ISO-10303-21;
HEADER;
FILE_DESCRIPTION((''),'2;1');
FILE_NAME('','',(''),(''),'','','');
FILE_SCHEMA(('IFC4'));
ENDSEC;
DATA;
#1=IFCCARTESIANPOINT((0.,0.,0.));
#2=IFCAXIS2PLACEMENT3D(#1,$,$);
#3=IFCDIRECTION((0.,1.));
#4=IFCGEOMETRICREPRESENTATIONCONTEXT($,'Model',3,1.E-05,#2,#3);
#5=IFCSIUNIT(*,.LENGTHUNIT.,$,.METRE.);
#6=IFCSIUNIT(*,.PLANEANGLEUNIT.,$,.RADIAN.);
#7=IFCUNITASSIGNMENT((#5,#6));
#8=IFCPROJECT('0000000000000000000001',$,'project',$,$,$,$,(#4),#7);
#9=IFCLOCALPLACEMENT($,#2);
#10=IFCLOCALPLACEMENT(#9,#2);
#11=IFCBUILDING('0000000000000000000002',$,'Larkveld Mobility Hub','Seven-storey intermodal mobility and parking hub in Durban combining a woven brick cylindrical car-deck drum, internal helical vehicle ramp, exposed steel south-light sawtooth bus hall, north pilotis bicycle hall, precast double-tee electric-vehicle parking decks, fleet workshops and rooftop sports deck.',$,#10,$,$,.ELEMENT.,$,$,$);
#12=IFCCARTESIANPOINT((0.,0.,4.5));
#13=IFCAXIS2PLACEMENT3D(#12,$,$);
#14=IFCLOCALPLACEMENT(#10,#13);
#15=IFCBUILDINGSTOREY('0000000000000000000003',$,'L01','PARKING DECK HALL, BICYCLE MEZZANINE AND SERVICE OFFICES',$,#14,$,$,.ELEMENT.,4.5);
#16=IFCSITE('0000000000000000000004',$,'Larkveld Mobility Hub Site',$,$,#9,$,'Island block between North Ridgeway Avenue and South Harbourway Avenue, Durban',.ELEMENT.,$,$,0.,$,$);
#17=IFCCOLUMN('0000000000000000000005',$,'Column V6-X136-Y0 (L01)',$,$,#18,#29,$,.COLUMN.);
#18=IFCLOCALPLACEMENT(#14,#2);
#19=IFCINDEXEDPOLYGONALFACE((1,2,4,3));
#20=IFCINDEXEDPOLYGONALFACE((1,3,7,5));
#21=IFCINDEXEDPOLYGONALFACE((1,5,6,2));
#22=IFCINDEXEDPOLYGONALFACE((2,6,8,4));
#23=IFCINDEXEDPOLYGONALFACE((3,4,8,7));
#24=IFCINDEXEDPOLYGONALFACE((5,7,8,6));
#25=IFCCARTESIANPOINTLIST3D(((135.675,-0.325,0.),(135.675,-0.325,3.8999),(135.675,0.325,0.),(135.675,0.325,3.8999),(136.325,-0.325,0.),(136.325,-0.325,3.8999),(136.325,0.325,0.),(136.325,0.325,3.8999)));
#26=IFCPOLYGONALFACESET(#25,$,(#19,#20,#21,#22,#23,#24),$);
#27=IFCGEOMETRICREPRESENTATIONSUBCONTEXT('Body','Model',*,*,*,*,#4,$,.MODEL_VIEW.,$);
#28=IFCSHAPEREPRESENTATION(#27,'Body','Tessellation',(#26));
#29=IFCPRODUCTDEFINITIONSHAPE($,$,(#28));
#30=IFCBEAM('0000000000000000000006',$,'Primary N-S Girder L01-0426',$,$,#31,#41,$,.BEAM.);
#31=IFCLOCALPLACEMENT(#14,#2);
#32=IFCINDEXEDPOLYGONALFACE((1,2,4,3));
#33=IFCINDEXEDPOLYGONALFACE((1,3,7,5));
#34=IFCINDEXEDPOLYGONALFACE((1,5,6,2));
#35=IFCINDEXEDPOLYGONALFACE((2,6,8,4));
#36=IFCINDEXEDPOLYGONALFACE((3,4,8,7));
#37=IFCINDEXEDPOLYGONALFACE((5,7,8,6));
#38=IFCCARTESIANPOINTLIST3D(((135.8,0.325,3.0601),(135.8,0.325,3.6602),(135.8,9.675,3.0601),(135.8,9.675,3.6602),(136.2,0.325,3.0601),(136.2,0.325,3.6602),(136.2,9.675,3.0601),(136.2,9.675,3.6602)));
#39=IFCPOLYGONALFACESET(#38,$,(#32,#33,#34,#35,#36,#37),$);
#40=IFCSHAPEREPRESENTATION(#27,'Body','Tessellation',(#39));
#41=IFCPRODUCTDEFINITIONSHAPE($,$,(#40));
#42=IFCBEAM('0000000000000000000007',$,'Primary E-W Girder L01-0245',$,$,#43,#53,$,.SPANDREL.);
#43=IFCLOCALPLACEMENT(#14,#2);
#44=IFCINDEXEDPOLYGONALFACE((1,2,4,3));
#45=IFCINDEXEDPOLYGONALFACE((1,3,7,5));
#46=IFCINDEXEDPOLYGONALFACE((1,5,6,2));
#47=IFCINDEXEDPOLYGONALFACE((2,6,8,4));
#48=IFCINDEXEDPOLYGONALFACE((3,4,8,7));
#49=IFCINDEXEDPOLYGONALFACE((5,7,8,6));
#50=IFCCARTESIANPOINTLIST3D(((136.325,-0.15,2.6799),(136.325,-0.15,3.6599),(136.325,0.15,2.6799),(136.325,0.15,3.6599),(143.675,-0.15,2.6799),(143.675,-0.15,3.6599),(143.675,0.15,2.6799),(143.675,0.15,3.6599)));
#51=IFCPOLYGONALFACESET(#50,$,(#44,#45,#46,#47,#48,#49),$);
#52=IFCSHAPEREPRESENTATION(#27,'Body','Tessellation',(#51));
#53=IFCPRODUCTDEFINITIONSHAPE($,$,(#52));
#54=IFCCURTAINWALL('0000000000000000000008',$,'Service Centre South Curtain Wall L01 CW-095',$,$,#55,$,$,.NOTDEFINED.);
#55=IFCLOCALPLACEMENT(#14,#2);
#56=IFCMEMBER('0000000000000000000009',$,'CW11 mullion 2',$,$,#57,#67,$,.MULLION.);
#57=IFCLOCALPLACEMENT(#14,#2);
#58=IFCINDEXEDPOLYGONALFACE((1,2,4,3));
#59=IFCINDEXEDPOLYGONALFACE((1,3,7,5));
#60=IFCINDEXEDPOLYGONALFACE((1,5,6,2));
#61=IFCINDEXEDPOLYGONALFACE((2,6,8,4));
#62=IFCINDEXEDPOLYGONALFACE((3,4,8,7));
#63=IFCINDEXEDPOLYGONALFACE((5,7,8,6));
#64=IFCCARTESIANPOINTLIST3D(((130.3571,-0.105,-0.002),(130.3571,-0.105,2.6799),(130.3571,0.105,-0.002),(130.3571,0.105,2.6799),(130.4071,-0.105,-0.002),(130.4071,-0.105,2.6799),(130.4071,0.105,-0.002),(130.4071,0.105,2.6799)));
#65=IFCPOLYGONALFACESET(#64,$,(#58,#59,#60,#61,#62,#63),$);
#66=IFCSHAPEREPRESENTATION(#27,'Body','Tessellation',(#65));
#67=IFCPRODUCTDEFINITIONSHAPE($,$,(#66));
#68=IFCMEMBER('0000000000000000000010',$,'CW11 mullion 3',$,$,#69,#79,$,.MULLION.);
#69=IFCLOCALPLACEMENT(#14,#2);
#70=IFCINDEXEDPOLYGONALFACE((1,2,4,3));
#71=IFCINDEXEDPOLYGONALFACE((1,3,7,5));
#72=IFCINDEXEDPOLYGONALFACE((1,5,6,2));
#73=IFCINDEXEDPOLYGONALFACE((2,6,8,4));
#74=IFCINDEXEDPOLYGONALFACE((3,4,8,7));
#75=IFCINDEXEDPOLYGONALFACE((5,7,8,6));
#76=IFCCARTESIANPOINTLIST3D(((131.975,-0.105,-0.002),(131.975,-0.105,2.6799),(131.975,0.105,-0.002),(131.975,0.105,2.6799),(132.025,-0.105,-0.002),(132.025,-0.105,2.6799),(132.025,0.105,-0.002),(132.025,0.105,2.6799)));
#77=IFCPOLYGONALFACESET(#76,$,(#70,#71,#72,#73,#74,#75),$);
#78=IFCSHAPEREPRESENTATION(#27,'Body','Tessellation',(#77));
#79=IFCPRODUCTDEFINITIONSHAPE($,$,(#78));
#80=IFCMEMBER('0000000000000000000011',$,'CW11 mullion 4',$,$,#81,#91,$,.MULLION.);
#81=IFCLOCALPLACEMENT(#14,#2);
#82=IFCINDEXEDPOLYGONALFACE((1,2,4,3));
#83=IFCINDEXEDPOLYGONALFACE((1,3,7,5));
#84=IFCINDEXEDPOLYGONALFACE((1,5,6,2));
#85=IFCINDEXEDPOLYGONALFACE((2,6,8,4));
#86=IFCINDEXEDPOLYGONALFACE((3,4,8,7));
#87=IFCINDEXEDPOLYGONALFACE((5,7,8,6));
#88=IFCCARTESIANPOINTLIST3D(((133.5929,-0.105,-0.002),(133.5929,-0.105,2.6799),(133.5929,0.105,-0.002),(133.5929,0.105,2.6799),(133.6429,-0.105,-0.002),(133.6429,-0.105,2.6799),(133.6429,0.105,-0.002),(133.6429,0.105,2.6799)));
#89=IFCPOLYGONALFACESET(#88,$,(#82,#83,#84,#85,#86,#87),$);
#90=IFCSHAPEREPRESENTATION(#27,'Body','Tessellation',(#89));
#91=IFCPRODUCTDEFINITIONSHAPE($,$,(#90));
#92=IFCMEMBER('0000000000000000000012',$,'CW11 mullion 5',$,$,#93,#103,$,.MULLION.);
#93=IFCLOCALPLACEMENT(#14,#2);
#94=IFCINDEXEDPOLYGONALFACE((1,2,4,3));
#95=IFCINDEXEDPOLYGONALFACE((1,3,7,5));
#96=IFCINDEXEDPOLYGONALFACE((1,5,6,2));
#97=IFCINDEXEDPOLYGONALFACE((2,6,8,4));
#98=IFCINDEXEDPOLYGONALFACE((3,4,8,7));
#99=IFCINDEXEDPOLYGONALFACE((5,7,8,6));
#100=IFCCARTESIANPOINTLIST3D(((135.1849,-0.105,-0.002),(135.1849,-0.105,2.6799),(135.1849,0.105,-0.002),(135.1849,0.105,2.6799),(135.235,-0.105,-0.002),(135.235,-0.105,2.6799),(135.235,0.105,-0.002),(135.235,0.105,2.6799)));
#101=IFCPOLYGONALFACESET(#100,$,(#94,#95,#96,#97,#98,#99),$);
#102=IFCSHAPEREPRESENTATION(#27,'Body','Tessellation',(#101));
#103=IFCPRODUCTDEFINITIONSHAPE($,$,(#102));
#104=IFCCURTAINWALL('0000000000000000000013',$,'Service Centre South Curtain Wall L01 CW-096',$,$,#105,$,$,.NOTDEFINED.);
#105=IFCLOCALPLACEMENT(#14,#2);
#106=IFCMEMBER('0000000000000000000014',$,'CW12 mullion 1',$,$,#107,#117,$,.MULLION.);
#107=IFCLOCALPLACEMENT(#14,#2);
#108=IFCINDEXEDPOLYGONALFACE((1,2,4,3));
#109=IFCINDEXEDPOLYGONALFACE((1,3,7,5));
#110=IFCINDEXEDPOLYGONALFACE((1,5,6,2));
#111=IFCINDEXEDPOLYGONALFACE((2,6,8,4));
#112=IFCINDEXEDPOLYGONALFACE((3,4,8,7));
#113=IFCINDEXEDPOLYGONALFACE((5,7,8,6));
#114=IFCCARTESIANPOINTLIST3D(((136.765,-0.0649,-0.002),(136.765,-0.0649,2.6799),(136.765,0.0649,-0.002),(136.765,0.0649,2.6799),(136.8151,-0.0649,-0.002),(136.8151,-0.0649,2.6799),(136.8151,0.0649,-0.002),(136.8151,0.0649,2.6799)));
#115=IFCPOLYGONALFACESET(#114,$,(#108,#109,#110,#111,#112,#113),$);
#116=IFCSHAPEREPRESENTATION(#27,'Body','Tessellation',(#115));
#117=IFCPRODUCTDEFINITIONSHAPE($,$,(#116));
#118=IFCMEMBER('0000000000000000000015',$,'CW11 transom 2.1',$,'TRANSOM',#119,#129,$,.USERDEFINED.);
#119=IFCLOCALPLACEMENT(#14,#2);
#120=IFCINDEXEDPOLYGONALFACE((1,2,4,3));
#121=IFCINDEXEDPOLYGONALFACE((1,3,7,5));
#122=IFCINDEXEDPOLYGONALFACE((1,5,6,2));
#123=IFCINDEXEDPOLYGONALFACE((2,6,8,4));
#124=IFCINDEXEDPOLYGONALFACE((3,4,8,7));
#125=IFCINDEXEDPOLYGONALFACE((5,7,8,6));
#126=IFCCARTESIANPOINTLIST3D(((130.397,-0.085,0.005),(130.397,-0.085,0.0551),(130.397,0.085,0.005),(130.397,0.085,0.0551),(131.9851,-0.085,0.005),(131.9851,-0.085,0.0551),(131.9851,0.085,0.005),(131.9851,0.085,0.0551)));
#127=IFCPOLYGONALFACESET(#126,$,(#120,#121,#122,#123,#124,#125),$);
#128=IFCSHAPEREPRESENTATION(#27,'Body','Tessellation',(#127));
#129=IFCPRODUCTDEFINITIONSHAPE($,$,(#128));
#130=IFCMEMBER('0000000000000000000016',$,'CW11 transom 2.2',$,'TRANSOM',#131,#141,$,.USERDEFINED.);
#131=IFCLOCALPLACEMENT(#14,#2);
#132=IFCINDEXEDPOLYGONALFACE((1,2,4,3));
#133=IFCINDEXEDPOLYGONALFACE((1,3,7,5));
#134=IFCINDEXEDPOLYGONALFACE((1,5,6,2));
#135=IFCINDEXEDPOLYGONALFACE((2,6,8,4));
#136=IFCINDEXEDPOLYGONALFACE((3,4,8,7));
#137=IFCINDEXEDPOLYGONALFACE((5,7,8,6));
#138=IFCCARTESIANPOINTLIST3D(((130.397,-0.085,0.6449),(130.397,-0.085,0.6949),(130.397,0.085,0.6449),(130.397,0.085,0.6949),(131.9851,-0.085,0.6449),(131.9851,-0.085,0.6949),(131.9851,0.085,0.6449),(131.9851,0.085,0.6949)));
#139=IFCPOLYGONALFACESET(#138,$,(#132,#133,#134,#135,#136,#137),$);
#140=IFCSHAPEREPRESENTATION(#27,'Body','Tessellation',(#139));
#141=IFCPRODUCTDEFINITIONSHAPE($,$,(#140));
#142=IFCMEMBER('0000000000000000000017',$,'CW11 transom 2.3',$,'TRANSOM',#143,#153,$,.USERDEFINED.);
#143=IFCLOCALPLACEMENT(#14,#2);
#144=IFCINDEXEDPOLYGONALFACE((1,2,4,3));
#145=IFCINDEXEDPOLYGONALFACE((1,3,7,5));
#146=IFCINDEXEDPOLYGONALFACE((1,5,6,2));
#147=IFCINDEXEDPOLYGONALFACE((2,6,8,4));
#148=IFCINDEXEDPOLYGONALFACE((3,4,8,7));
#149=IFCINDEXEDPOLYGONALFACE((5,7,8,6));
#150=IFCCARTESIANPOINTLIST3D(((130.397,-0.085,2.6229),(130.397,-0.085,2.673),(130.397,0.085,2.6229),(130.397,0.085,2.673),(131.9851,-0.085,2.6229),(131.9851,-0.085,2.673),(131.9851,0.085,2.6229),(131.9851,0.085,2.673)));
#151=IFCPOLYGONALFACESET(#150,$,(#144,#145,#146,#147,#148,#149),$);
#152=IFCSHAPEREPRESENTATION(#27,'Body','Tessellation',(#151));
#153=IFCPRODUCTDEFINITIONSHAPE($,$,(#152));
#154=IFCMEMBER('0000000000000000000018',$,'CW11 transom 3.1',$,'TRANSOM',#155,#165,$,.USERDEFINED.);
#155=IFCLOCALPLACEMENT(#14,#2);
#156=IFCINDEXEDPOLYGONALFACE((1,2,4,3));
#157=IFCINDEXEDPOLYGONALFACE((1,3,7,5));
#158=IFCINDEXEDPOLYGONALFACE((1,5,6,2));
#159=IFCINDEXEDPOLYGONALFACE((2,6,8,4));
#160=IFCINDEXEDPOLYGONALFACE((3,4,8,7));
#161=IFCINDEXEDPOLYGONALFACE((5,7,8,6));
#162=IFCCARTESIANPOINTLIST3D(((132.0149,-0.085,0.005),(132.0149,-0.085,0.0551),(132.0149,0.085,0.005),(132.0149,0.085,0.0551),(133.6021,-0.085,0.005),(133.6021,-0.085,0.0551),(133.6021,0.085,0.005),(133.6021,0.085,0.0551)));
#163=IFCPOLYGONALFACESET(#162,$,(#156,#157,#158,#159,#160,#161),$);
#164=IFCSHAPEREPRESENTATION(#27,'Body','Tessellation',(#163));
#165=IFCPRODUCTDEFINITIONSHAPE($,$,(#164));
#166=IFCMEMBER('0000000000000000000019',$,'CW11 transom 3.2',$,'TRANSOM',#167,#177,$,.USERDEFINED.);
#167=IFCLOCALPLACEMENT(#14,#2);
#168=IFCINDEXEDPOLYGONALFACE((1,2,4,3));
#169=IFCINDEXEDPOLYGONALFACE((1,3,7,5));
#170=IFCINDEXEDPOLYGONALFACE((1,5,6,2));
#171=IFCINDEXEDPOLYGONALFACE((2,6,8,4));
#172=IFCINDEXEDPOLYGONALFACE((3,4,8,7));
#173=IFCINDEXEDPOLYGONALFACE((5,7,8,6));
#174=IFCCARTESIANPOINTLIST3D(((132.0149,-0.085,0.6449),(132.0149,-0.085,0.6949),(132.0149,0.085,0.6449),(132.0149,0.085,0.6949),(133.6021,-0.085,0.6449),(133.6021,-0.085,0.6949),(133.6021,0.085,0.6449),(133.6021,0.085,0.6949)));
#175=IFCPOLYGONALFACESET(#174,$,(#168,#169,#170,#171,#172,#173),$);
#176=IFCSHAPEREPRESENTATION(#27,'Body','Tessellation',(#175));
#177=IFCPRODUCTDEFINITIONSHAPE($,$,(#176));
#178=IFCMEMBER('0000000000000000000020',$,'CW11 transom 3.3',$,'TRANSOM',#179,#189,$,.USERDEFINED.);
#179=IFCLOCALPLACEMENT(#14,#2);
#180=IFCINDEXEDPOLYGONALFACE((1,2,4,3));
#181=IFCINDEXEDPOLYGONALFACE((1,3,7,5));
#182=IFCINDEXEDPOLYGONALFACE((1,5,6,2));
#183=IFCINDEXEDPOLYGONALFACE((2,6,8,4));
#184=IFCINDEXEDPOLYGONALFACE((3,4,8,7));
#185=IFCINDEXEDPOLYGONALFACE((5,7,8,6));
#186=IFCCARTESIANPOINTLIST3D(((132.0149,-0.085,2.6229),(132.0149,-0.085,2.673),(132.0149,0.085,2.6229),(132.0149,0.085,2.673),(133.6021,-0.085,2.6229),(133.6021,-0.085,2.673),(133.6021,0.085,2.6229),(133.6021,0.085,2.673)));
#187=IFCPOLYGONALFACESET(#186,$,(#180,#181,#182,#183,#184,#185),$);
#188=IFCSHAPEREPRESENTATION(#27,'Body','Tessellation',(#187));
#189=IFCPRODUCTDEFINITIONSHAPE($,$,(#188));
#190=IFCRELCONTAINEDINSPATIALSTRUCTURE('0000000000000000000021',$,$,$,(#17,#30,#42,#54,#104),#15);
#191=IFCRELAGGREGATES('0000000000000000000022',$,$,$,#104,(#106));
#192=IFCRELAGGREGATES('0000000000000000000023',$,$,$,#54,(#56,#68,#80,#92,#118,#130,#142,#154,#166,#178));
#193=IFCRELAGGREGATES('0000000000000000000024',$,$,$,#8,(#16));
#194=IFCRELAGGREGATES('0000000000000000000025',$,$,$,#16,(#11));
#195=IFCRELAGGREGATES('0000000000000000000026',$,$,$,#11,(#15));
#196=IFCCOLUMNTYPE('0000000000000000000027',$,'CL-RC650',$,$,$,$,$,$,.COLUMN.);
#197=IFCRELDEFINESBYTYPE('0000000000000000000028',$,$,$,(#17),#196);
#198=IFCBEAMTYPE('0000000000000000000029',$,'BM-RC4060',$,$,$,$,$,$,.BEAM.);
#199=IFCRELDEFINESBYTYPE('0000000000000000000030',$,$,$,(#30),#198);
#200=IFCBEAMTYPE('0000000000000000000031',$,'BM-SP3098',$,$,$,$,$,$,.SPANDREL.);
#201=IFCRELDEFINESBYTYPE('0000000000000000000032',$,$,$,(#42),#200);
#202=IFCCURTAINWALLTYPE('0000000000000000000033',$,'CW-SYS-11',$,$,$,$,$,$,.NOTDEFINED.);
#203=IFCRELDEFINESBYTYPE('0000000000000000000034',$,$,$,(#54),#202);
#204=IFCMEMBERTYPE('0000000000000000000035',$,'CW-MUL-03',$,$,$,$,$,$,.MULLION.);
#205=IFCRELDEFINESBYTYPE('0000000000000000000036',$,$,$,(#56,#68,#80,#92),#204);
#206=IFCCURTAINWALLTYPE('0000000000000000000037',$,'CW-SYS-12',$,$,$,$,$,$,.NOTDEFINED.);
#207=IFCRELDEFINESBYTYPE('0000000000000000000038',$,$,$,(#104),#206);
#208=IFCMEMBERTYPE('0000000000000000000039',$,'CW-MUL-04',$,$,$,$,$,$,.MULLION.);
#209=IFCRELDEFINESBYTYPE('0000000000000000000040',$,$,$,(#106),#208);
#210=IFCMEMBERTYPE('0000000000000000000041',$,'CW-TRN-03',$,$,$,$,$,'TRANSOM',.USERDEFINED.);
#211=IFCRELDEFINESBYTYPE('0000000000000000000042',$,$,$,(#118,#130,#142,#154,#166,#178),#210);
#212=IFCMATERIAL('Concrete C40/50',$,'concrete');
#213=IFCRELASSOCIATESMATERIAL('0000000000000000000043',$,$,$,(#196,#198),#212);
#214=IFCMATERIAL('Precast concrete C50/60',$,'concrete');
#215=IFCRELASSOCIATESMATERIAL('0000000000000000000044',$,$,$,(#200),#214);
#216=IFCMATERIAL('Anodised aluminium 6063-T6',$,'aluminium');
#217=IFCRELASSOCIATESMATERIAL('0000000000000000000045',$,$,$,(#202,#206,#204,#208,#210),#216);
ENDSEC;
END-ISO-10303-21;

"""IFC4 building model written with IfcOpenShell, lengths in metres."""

from ifc_helpers import new_model, si_unit, direction, frame, origin, origin_2d, place, context, subcontext, project, spatial, rectangle, extrude, material, material_profile, profile_set, type_object, element, aggregate, save


model = new_model("IFC4")

# Units and contexts
model_context = context("Model", 3, precision=1e-05, world=origin(), true_north=direction((0.0, 1.0)))
body_context = subcontext(model_context, "Body", "Model", "MODEL_VIEW")
ifc_project = project(units=[si_unit("LENGTHUNIT", "METRE"), si_unit("PLANEANGLEUNIT", "RADIAN")], contexts=[model_context])

# Site, building, storey
site_placement = place(None, origin())
site = spatial("IfcSite", under=ifc_project, at=site_placement, Name="Larkveld Mobility Hub Site", LongName="Island block between North Ridgeway Avenue and South Harbourway Avenue, Durban", CompositionType="ELEMENT", RefElevation=0.0)
building_placement = place(site_placement, origin())
building = spatial("IfcBuilding", under=site, at=building_placement, Name="Larkveld Mobility Hub", Description="Seven-storey intermodal mobility and parking hub in Durban combining a woven brick cylindrical car-deck drum, internal helical vehicle ramp, exposed steel south-light sawtooth bus hall, north pilotis bicycle hall, precast double-tee electric-vehicle parking decks, fleet workshops and rooftop sports deck.", CompositionType="ELEMENT")
storey_placement = place(building_placement, frame((0.0, 0.0, 4.5)))
storey = spatial("IfcBuildingStorey", under=building, at=storey_placement, Name="L01", Description="PARKING DECK HALL, BICYCLE MEZZANINE AND SERVICE OFFICES", CompositionType="ELEMENT", Elevation=4.5)

# Column
ifc_material_1 = material(Name="Concrete C40/50", Category="concrete")
ifc_material_profile_1 = material_profile(ifc_material_1, rectangle(XDim=0.6499, YDim=0.6499, at=origin_2d()), Name="RC COL 650x650")
ifc_profile_set_1 = profile_set([ifc_material_profile_1], Name="Concrete C40/50")
column_type = type_object("IfcColumnType", Name="CL-RC650", PredefinedType="COLUMN", material=ifc_profile_set_1)
column_placement = place(storey_placement, frame((136.0, 0.0, 0.0), z_axis=(0.0, 0.0, 1.0), x_axis=(1.0, 0.0, 0.0)))
element("IfcColumn", 1, at=column_placement, inside=storey, type_object=column_type, Name="Column V6-X136-Y0 (L01)", PredefinedType="COLUMN", context=body_context, shape_type="SweptSolid", body=[
    extrude(rectangle(XDim=0.6499, YDim=0.6499, at=origin_2d()), origin(), (0.0, 0.0, 1.0), 3.8999),
])

# Beams
ifc_material_profile_2 = material_profile(ifc_material_1, rectangle(XDim=0.3999, YDim=0.6001, at=origin_2d()), Name="RC BM 400x600")
ifc_profile_set_2 = profile_set([ifc_material_profile_2], Name="Concrete C40/50")
beam_type_1 = type_object("IfcBeamType", Name="BM-RC4060", PredefinedType="BEAM", material=ifc_profile_set_2)
beam_1_placement = place(storey_placement, frame((136.0, 0.325, 3.3601), z_axis=(0.0, 1.0, 0.0), x_axis=(-1.0, 0.0, 0.0)))
element("IfcBeam", 2, at=beam_1_placement, inside=storey, type_object=beam_type_1, Name="Primary N-S Girder L01-0426", PredefinedType="BEAM", context=body_context, shape_type="SweptSolid", body=[
    extrude(rectangle(XDim=0.3999, YDim=0.6001, at=origin_2d()), origin(), (0.0, 0.0, 1.0), 9.3501),
])
ifc_material_2 = material(Name="Precast concrete C50/60", Category="concrete")
ifc_material_profile_3 = material_profile(ifc_material_2, rectangle(XDim=0.3, YDim=0.98, at=origin_2d()), Name="PC SP 300x980")
ifc_profile_set_3 = profile_set([ifc_material_profile_3], Name="Precast concrete C50/60")
beam_type_2 = type_object("IfcBeamType", Name="BM-SP3098", PredefinedType="SPANDREL", material=ifc_profile_set_3)
beam_2_placement = place(storey_placement, frame((136.325, 0.0, 3.1699), z_axis=(1.0, 0.0, 0.0), x_axis=(0.0, 1.0, 0.0)))
element("IfcBeam", 3, at=beam_2_placement, inside=storey, type_object=beam_type_2, Name="Primary E-W Girder L01-0245", PredefinedType="SPANDREL", context=body_context, shape_type="SweptSolid", body=[
    extrude(rectangle(XDim=0.3, YDim=0.98, at=origin_2d()), origin(), (0.0, 0.0, 1.0), 7.3501),
])

# Curtain wall, members
ifc_material_3 = material(Name="Anodised aluminium 6063-T6", Category="aluminium")
curtain_wall_type_1 = type_object("IfcCurtainWallType", Name="CW-SYS-11", PredefinedType="NOTDEFINED", material=ifc_material_3)
curtain_wall_1_placement = place(storey_placement, origin())
curtain_wall_1 = element("IfcCurtainWall", 4, at=curtain_wall_1_placement, inside=storey, type_object=curtain_wall_type_1, Name="Service Centre South Curtain Wall L01 CW-095", PredefinedType="NOTDEFINED")
ifc_material_profile_4 = material_profile(ifc_material_3, rectangle(XDim=0.05, YDim=0.21, at=origin_2d()), Name="ALU MULL 50x210")
ifc_profile_set_4 = profile_set([ifc_material_profile_4], Name="Anodised aluminium 6063-T6")
member_type_1 = type_object("IfcMemberType", Name="CW-MUL-03", PredefinedType="MULLION", material=ifc_profile_set_4)
member_1_placement = place(storey_placement, frame((130.3821, 0.0, -0.002), z_axis=(0.0, 0.0, 1.0), x_axis=(1.0, 0.0, 0.0)))
member_1 = element("IfcMember", 5, at=member_1_placement, type_object=member_type_1, Name="CW11 mullion 2", PredefinedType="MULLION", context=body_context, shape_type="SweptSolid", body=[
    extrude(rectangle(XDim=0.05, YDim=0.21, at=origin_2d()), origin(), (0.0, 0.0, 1.0), 2.6819),
])
member_2_placement = place(storey_placement, frame((132.0, 0.0, -0.002), z_axis=(0.0, 0.0, 1.0), x_axis=(1.0, 0.0, 0.0)))
member_2 = element("IfcMember", 6, at=member_2_placement, type_object=member_type_1, Name="CW11 mullion 3", PredefinedType="MULLION", context=body_context, shape_type="SweptSolid", body=[
    extrude(rectangle(XDim=0.05, YDim=0.21, at=origin_2d()), origin(), (0.0, 0.0, 1.0), 2.6819),
])
member_3_placement = place(storey_placement, frame((133.6179, 0.0, -0.002), z_axis=(0.0, 0.0, 1.0), x_axis=(1.0, 0.0, 0.0)))
member_3 = element("IfcMember", 7, at=member_3_placement, type_object=member_type_1, Name="CW11 mullion 4", PredefinedType="MULLION", context=body_context, shape_type="SweptSolid", body=[
    extrude(rectangle(XDim=0.05, YDim=0.21, at=origin_2d()), origin(), (0.0, 0.0, 1.0), 2.6819),
])
member_4_placement = place(storey_placement, frame((135.21, 0.0, -0.002), z_axis=(0.0, 0.0, 1.0), x_axis=(1.0, 0.0, 0.0)))
member_4 = element("IfcMember", 8, at=member_4_placement, type_object=member_type_1, Name="CW11 mullion 5", PredefinedType="MULLION", context=body_context, shape_type="SweptSolid", body=[
    extrude(rectangle(XDim=0.05, YDim=0.21, at=origin_2d()), origin(), (0.0, 0.0, 1.0), 2.6819),
])

# Curtain wall, member
curtain_wall_type_2 = type_object("IfcCurtainWallType", Name="CW-SYS-12", PredefinedType="NOTDEFINED", material=ifc_material_3)
curtain_wall_2_placement = place(storey_placement, origin())
curtain_wall_2 = element("IfcCurtainWall", 9, at=curtain_wall_2_placement, inside=storey, type_object=curtain_wall_type_2, Name="Service Centre South Curtain Wall L01 CW-096", PredefinedType="NOTDEFINED")
ifc_material_profile_5 = material_profile(ifc_material_3, rectangle(XDim=0.05, YDim=0.1299, at=origin_2d()), Name="ALU MULL 50x130")
ifc_profile_set_5 = profile_set([ifc_material_profile_5], Name="Anodised aluminium 6063-T6")
member_type_2 = type_object("IfcMemberType", Name="CW-MUL-04", PredefinedType="MULLION", material=ifc_profile_set_5)
member_5_placement = place(storey_placement, frame((136.79, 0.0, -0.002), z_axis=(0.0, 0.0, 1.0), x_axis=(1.0, 0.0, 0.0)))
member_5 = element("IfcMember", 10, at=member_5_placement, type_object=member_type_2, Name="CW12 mullion 1", PredefinedType="MULLION", context=body_context, shape_type="SweptSolid", body=[
    extrude(rectangle(XDim=0.05, YDim=0.1299, at=origin_2d()), origin(), (0.0, 0.0, 1.0), 2.6819),
])

# Members
ifc_material_profile_6 = material_profile(ifc_material_3, rectangle(XDim=0.1699, YDim=0.05, at=origin_2d()), Name="ALU TRAN 50x170")
ifc_profile_set_6 = profile_set([ifc_material_profile_6], Name="Anodised aluminium 6063-T6")
member_type_3 = type_object("IfcMemberType", Name="CW-TRN-03", ElementType="TRANSOM", PredefinedType="USERDEFINED", material=ifc_profile_set_6)
member_6_placement = place(storey_placement, frame((130.397, 0.0, 0.03), z_axis=(1.0, 0.0, 0.0), x_axis=(0.0, 1.0, 0.0)))
member_6 = element("IfcMember", 11, at=member_6_placement, type_object=member_type_3, Name="CW11 transom 2.1", ObjectType="TRANSOM", PredefinedType="USERDEFINED", context=body_context, shape_type="SweptSolid", body=[
    extrude(rectangle(XDim=0.1699, YDim=0.05, at=origin_2d()), origin(), (0.0, 0.0, 1.0), 1.5881),
])
member_7_placement = place(storey_placement, frame((130.397, 0.0, 0.6699), z_axis=(1.0, 0.0, 0.0), x_axis=(0.0, 1.0, 0.0)))
member_7 = element("IfcMember", 12, at=member_7_placement, type_object=member_type_3, Name="CW11 transom 2.2", ObjectType="TRANSOM", PredefinedType="USERDEFINED", context=body_context, shape_type="SweptSolid", body=[
    extrude(rectangle(XDim=0.1699, YDim=0.05, at=origin_2d()), origin(), (0.0, 0.0, 1.0), 1.5881),
])
member_8_placement = place(storey_placement, frame((130.397, 0.0, 2.6479), z_axis=(1.0, 0.0, 0.0), x_axis=(0.0, 1.0, 0.0)))
member_8 = element("IfcMember", 13, at=member_8_placement, type_object=member_type_3, Name="CW11 transom 2.3", ObjectType="TRANSOM", PredefinedType="USERDEFINED", context=body_context, shape_type="SweptSolid", body=[
    extrude(rectangle(XDim=0.1699, YDim=0.05, at=origin_2d()), origin(), (0.0, 0.0, 1.0), 1.5881),
])
member_9_placement = place(storey_placement, frame((132.0149, 0.0, 0.03), z_axis=(1.0, 0.0, 0.0), x_axis=(0.0, 1.0, 0.0)))
member_9 = element("IfcMember", 14, at=member_9_placement, type_object=member_type_3, Name="CW11 transom 3.1", ObjectType="TRANSOM", PredefinedType="USERDEFINED", context=body_context, shape_type="SweptSolid", body=[
    extrude(rectangle(XDim=0.1699, YDim=0.05, at=origin_2d()), origin(), (0.0, 0.0, 1.0), 1.5872),
])
member_10_placement = place(storey_placement, frame((132.0149, 0.0, 0.6699), z_axis=(1.0, 0.0, 0.0), x_axis=(0.0, 1.0, 0.0)))
member_10 = element("IfcMember", 15, at=member_10_placement, type_object=member_type_3, Name="CW11 transom 3.2", ObjectType="TRANSOM", PredefinedType="USERDEFINED", context=body_context, shape_type="SweptSolid", body=[
    extrude(rectangle(XDim=0.1699, YDim=0.05, at=origin_2d()), origin(), (0.0, 0.0, 1.0), 1.5872),
])
member_11_placement = place(storey_placement, frame((132.0149, 0.0, 2.6479), z_axis=(1.0, 0.0, 0.0), x_axis=(0.0, 1.0, 0.0)))
member_11 = element("IfcMember", 16, at=member_11_placement, type_object=member_type_3, Name="CW11 transom 3.3", ObjectType="TRANSOM", PredefinedType="USERDEFINED", context=body_context, shape_type="SweptSolid", body=[
    extrude(rectangle(XDim=0.1699, YDim=0.05, at=origin_2d()), origin(), (0.0, 0.0, 1.0), 1.5872),
])
aggregate(curtain_wall_2, [member_5])

aggregate(curtain_wall_1, [member_1, member_2, member_3, member_4, member_6, member_7, member_8, member_9, member_10, member_11])

save(model, "model.ifc")
